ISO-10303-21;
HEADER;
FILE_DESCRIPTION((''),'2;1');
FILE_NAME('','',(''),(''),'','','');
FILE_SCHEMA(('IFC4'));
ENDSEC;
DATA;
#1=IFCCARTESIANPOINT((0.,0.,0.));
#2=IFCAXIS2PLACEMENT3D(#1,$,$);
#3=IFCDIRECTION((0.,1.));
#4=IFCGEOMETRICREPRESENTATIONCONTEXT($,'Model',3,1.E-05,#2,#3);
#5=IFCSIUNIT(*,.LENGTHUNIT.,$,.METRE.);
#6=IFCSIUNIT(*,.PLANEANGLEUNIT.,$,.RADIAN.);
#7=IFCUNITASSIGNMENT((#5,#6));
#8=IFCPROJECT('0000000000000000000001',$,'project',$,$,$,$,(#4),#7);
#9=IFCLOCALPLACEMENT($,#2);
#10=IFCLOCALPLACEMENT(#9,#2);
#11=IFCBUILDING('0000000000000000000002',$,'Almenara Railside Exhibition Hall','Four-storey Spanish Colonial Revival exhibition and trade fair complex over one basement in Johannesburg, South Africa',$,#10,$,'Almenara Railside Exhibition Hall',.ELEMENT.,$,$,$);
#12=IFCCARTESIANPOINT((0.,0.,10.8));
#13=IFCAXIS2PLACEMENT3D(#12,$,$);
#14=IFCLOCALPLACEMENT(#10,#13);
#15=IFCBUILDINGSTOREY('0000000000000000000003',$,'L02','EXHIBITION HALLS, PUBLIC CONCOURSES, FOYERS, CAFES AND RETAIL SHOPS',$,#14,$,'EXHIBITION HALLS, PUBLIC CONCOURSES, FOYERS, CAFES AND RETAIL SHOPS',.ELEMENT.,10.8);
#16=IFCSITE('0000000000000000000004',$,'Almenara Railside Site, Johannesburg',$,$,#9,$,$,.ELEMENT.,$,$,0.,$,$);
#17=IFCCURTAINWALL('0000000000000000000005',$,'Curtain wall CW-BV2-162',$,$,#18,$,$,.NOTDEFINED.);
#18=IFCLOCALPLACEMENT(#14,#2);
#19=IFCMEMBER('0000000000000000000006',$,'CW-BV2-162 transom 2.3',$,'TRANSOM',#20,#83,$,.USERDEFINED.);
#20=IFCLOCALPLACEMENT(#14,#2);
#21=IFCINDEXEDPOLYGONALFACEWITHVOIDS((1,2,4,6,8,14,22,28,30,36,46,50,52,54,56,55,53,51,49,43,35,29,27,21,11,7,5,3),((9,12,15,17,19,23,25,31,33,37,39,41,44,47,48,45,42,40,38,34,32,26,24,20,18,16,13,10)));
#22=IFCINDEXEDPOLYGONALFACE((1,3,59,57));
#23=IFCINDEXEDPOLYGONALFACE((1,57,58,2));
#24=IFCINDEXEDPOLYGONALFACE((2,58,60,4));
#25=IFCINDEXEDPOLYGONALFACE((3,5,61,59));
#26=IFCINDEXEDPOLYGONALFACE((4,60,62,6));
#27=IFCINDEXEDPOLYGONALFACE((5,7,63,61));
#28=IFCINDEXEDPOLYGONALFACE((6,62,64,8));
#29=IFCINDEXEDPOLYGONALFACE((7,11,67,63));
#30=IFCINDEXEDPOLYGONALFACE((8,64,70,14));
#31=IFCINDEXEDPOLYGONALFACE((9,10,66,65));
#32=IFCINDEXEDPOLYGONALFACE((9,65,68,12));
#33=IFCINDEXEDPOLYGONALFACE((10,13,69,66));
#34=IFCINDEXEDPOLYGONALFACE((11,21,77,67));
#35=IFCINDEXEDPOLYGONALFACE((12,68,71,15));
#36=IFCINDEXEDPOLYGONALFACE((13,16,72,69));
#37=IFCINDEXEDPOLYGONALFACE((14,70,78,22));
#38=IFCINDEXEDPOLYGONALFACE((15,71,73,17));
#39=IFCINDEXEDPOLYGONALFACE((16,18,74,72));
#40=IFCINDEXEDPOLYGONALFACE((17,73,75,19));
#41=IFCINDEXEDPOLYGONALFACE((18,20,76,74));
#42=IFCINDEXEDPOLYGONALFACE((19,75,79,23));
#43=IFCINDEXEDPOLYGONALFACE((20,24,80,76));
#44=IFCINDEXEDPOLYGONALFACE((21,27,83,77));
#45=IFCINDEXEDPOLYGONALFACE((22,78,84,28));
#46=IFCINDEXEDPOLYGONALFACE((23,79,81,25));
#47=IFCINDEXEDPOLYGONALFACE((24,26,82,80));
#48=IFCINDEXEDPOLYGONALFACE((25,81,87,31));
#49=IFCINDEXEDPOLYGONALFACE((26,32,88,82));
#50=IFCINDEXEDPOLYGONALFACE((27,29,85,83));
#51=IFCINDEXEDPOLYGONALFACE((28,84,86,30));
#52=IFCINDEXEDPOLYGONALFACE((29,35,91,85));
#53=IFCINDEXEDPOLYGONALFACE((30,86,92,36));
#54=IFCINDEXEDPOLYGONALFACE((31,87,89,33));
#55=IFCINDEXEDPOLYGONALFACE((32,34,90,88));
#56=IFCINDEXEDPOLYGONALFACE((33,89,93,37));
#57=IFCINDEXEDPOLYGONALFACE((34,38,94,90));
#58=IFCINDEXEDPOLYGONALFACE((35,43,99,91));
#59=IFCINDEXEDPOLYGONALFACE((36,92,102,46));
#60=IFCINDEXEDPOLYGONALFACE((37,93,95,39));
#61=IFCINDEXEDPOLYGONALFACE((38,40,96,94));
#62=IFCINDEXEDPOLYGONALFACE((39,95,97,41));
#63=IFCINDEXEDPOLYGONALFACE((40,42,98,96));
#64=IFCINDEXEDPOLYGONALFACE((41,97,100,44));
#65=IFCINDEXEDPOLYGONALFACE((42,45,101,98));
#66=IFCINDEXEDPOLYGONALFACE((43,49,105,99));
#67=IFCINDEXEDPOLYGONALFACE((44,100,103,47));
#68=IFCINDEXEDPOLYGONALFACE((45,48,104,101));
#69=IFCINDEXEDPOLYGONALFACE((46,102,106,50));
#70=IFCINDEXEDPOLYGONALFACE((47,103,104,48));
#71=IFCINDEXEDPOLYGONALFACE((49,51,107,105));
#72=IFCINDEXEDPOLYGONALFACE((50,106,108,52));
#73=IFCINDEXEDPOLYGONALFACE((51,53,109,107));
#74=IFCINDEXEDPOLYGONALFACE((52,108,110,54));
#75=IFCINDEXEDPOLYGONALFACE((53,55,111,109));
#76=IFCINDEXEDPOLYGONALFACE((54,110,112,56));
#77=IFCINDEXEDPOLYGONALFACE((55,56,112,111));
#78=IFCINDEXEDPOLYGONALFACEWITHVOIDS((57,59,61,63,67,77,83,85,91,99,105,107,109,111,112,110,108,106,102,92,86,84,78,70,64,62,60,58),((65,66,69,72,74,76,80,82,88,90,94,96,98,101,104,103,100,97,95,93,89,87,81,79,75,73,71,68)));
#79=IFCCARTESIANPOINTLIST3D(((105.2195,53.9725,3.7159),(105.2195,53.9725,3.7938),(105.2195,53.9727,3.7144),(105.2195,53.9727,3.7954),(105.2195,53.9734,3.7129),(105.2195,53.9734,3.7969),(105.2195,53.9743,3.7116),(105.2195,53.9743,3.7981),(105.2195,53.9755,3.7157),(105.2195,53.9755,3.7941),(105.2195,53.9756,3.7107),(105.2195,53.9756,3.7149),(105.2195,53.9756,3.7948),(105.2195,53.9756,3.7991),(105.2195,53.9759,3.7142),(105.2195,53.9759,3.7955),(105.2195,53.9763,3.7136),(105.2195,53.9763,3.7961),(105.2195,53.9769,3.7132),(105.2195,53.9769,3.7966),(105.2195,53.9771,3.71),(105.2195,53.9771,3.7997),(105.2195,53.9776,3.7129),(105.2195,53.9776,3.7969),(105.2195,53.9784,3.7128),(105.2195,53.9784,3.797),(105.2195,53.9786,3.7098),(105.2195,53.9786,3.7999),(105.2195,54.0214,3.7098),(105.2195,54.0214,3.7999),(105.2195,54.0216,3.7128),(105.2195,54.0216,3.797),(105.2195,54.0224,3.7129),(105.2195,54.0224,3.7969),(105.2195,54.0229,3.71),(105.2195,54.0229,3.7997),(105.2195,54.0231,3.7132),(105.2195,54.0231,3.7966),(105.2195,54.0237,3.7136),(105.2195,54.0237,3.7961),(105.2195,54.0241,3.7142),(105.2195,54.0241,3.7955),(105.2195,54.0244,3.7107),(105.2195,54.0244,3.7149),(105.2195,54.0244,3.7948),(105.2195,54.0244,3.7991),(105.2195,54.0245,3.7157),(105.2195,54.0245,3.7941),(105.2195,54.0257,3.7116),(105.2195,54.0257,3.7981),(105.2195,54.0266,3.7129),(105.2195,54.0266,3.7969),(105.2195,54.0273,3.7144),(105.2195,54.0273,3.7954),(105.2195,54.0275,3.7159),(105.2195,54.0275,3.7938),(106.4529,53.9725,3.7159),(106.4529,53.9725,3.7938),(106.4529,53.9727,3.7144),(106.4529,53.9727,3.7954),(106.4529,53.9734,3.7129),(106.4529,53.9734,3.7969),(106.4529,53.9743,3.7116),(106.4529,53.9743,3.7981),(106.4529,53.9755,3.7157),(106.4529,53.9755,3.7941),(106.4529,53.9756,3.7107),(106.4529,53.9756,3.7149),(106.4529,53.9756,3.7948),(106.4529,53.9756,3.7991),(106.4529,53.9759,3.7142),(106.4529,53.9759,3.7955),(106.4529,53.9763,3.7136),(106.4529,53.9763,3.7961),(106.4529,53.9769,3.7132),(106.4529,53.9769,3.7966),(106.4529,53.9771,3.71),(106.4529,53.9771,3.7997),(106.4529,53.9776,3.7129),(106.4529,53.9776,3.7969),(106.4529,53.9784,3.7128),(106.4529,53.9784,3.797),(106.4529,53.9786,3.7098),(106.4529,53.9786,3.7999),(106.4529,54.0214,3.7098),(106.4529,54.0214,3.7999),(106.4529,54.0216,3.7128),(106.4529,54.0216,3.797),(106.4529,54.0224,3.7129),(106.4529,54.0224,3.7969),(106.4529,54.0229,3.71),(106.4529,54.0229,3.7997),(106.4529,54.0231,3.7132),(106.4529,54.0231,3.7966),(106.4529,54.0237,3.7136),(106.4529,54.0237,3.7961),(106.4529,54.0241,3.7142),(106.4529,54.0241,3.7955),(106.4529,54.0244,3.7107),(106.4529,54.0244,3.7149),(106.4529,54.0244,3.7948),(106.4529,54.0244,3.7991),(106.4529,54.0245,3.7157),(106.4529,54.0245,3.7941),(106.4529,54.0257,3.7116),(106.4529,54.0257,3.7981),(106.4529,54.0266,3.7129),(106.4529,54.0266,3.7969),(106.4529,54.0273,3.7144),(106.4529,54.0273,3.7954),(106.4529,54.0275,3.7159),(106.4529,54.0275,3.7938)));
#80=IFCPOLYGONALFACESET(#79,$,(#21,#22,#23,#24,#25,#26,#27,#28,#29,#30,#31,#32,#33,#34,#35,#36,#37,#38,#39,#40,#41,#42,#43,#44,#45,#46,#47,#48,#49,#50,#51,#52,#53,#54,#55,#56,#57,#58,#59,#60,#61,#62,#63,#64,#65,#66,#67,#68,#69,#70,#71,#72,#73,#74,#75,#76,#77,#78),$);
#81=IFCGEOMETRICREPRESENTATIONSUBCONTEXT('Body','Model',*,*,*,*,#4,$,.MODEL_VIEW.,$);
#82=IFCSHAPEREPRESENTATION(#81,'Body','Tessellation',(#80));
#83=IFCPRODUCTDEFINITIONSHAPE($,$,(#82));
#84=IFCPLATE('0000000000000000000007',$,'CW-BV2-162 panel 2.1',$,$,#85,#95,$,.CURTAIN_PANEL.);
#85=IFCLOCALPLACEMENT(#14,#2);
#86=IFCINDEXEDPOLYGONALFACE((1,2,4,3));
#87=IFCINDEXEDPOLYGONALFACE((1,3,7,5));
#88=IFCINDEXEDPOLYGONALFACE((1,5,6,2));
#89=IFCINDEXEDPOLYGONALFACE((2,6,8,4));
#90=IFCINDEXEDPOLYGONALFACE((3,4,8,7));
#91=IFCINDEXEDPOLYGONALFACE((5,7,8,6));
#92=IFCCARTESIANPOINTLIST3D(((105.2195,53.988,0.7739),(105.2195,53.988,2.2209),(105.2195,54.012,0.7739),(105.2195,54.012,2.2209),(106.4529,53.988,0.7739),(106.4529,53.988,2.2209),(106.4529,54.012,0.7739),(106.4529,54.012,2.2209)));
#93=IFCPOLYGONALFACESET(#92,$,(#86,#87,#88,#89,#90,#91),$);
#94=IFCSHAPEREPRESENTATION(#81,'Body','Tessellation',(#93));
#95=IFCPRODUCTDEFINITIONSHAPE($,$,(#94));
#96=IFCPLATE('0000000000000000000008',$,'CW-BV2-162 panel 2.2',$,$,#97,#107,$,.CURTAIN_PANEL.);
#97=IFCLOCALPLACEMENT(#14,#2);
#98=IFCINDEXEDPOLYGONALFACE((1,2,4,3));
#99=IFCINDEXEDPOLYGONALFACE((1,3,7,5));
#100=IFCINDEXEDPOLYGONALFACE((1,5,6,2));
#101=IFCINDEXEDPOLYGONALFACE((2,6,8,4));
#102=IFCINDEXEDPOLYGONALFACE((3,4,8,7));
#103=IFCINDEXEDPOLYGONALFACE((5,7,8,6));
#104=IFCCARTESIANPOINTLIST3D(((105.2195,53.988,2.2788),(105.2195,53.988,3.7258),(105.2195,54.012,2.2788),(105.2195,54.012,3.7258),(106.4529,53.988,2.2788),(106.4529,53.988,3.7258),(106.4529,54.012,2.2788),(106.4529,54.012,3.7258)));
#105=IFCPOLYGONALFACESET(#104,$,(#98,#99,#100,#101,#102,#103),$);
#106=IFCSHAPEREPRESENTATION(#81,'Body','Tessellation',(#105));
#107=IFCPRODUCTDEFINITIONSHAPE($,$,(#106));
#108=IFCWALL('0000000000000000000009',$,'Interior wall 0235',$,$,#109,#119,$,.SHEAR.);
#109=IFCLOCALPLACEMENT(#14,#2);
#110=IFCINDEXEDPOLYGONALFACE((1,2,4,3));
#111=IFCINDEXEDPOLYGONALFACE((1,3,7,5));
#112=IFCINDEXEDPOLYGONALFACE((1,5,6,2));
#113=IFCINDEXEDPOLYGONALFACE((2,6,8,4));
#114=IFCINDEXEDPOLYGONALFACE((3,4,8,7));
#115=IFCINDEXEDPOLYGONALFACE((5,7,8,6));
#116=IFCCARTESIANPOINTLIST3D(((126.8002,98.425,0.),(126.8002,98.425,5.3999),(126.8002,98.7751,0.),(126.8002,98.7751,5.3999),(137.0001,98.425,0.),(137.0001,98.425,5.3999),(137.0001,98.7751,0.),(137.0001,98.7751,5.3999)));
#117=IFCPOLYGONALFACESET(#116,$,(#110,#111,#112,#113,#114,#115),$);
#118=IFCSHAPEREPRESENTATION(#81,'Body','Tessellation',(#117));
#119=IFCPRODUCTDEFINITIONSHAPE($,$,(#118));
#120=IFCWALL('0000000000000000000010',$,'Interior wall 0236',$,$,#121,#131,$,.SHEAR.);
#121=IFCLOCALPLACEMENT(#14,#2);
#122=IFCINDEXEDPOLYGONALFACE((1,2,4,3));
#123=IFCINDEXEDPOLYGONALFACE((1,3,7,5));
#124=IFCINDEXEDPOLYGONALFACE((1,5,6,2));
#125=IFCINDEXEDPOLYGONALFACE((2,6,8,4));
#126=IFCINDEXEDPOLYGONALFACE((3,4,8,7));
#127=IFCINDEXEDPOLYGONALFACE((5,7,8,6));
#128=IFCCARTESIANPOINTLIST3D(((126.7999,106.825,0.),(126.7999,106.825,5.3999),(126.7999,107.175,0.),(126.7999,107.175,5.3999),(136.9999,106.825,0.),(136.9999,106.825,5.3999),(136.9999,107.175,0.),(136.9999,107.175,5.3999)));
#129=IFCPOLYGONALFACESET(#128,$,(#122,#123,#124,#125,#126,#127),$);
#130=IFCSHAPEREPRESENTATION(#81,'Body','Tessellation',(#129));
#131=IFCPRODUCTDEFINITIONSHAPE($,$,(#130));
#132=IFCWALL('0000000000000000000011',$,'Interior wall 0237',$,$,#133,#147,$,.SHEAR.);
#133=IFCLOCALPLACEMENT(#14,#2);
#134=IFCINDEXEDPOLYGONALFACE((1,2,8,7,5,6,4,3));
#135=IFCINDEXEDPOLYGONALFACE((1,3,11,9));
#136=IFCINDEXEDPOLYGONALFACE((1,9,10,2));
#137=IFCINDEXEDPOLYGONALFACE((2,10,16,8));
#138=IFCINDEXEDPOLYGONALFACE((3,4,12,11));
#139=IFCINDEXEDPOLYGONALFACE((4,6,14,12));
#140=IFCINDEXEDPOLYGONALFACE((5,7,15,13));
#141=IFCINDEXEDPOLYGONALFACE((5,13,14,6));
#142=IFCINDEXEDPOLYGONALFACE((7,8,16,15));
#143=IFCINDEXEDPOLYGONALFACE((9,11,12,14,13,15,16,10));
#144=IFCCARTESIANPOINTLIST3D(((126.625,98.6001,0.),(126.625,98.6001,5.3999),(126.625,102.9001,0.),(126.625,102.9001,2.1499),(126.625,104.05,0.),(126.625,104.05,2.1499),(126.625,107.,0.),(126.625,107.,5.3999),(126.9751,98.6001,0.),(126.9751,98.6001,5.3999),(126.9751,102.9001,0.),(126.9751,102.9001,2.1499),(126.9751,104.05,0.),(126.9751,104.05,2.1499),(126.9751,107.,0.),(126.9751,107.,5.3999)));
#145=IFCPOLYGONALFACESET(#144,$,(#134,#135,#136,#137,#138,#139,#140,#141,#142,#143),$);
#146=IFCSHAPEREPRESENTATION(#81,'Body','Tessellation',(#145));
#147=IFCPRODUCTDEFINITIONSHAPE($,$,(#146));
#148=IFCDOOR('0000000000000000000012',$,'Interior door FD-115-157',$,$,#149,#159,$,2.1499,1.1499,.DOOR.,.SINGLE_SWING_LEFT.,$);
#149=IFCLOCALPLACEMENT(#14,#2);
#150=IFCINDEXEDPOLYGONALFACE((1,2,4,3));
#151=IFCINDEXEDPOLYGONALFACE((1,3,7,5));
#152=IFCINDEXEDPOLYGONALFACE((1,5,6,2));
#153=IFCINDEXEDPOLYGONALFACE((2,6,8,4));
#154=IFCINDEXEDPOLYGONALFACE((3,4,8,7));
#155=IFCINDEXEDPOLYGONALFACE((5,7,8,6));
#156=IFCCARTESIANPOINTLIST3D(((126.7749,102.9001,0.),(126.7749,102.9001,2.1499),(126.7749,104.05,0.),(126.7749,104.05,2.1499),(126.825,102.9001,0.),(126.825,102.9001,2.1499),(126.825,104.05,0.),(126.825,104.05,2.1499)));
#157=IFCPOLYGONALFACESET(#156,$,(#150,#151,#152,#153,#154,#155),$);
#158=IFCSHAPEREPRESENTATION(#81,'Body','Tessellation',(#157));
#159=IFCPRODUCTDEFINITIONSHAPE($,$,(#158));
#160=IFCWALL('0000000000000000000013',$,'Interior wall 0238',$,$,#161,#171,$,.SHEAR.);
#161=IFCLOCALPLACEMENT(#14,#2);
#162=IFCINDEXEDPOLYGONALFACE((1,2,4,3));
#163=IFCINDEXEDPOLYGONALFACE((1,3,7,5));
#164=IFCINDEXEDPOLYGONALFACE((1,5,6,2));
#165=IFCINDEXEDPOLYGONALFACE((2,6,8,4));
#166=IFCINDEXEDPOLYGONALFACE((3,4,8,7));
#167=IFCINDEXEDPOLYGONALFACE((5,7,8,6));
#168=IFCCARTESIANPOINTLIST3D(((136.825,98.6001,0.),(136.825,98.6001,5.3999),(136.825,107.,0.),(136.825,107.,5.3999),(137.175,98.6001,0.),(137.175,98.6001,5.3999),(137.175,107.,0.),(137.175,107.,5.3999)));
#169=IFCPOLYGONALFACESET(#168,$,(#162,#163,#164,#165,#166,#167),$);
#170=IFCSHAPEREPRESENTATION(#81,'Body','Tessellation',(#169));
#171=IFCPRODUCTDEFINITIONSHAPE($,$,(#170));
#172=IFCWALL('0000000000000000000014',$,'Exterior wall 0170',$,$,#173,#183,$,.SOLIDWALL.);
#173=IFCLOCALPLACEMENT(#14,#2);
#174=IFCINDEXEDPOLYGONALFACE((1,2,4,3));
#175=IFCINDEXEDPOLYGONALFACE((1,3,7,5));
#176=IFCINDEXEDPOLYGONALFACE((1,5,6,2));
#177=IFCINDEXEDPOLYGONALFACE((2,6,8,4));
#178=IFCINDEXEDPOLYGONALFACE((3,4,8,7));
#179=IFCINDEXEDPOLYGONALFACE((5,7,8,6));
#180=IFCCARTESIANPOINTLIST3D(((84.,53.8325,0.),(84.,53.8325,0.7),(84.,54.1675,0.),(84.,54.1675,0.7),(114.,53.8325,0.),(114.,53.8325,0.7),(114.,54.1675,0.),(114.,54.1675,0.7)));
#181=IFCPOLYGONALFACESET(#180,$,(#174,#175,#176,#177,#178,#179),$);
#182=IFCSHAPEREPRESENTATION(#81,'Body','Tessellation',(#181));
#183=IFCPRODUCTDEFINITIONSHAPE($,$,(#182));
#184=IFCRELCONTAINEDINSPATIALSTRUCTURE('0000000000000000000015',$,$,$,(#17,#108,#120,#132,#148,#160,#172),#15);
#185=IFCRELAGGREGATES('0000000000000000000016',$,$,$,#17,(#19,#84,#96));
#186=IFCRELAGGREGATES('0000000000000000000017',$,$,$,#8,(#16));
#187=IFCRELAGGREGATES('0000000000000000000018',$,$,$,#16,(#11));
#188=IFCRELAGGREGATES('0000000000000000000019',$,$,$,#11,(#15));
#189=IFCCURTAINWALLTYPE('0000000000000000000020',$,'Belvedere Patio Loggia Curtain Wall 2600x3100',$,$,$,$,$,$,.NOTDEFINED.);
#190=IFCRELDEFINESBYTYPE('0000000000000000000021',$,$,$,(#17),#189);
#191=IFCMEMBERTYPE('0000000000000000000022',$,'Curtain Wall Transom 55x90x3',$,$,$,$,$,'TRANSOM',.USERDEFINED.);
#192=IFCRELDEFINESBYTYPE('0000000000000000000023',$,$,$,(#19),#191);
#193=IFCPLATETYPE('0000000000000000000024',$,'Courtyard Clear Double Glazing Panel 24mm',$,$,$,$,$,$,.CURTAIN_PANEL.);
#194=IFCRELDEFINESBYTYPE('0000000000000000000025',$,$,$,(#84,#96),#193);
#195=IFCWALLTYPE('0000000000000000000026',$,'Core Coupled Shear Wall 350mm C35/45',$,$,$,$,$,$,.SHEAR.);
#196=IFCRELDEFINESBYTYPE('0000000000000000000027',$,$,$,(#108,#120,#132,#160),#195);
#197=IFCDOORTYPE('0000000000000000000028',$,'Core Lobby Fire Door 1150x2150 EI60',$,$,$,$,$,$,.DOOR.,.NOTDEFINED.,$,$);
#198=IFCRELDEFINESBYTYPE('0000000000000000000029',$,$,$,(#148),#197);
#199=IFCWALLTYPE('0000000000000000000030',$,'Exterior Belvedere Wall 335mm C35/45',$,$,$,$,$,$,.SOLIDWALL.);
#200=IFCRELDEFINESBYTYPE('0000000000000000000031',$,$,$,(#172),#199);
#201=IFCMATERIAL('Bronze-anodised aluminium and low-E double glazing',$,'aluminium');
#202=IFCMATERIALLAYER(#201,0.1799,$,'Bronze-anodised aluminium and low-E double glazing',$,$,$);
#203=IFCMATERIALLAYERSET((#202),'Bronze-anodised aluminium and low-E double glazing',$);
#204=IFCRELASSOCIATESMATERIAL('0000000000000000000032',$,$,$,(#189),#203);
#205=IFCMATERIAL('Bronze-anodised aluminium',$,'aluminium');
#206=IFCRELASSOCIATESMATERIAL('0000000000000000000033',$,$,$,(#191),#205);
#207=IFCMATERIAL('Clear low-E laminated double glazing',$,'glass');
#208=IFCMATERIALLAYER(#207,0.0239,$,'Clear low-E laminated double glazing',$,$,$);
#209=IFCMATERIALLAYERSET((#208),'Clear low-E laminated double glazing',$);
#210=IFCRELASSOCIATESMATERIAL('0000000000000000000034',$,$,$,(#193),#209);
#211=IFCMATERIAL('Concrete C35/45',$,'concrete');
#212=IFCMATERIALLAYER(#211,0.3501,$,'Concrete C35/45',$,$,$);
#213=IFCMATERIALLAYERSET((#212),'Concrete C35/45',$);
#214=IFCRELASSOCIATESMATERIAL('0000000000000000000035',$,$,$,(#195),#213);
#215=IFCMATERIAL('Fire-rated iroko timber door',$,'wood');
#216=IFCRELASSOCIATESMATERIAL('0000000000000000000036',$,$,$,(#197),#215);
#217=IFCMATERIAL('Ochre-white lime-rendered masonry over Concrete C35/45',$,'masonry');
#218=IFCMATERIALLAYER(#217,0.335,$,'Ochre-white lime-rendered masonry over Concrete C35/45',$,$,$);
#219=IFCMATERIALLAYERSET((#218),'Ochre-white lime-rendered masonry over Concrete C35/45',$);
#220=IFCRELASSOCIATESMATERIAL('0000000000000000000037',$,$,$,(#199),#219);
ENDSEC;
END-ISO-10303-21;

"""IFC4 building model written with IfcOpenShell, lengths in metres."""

from ifc_helpers import new_model, si_unit, direction, frame, frame_2d, origin, origin_2d, place, context, subcontext, project, spatial, rectangle, hollow_rectangle, extrude, material, layer, layer_set, material_profile, profile_set, type_object, element, fill, aggregate, save


model = new_model("IFC4")

# Units and contexts
model_context = context("Model", 3, precision=1e-05, world=origin(), true_north=direction((0.0, 1.0)))
body_context = subcontext(model_context, "Body", "Model", "MODEL_VIEW")
ifc_project = project(units=[si_unit("LENGTHUNIT", "METRE"), si_unit("PLANEANGLEUNIT", "RADIAN")], contexts=[model_context])

# Site, building, storey
site_placement = place(None, origin())
site = spatial("IfcSite", under=ifc_project, at=site_placement, Name="Almenara Railside Site, Johannesburg", CompositionType="ELEMENT", RefElevation=0.0)
building_placement = place(site_placement, origin())
building = spatial("IfcBuilding", under=site, at=building_placement, Name="Almenara Railside Exhibition Hall", Description="Four-storey Spanish Colonial Revival exhibition and trade fair complex over one basement in Johannesburg, South Africa", LongName="Almenara Railside Exhibition Hall", CompositionType="ELEMENT")
storey_placement = place(building_placement, frame((0.0, 0.0, 10.8)))
storey = spatial("IfcBuildingStorey", under=building, at=storey_placement, Name="L02", Description="EXHIBITION HALLS, PUBLIC CONCOURSES, FOYERS, CAFES AND RETAIL SHOPS", LongName="EXHIBITION HALLS, PUBLIC CONCOURSES, FOYERS, CAFES AND RETAIL SHOPS", CompositionType="ELEMENT", Elevation=10.8)

# Curtain wall, member, plates
ifc_material_1 = material(Name="Bronze-anodised aluminium and low-E double glazing", Category="aluminium")
ifc_layer_1 = layer(ifc_material_1, 0.1799, Name="Bronze-anodised aluminium and low-E double glazing")
ifc_layer_set_1 = layer_set([ifc_layer_1], Name="Bronze-anodised aluminium and low-E double glazing")
curtain_wall_type = type_object("IfcCurtainWallType", Name="Belvedere Patio Loggia Curtain Wall 2600x3100", PredefinedType="NOTDEFINED", material=ifc_layer_set_1)
curtain_wall_placement = place(storey_placement, origin())
curtain_wall = element("IfcCurtainWall", 1, at=curtain_wall_placement, inside=storey, type_object=curtain_wall_type, Name="Curtain wall CW-BV2-162", PredefinedType="NOTDEFINED")
ifc_material_2 = material(Name="Bronze-anodised aluminium", Category="aluminium")
ifc_material_profile_1 = material_profile(ifc_material_2, hollow_rectangle(XDim=0.0549, YDim=0.0901, WallThickness=0.0029, InnerFilletRadius=0.0029, OuterFilletRadius=0.0061, at=origin_2d()), Name="ALU-TRN 55x90x3")
ifc_profile_set_1 = profile_set([ifc_material_profile_1], Name="Bronze-anodised aluminium")
member_type_1 = type_object("IfcMemberType", Name="Curtain Wall Transom 55x90x3", ElementType="TRANSOM", PredefinedType="USERDEFINED", material=ifc_profile_set_1)
member_1_placement = place(storey_placement, frame((105.2195, 54.0, 3.7549), z_axis=(1.0, 0.0, 0.0), x_axis=(0.0, 1.0, 0.0)))
member_1 = element("IfcMember", 2, at=member_1_placement, type_object=member_type_1, Name="CW-BV2-162 transom 2.3", ObjectType="TRANSOM", PredefinedType="USERDEFINED", context=body_context, shape_type="SweptSolid", body=[
    extrude(hollow_rectangle(XDim=0.0549, YDim=0.0901, WallThickness=0.0029, InnerFilletRadius=0.0029, OuterFilletRadius=0.0061, at=origin_2d()), origin(), (0.0, 0.0, 1.0), 1.2334),
])
ifc_material_3 = material(Name="Clear low-E laminated double glazing", Category="glass")
ifc_layer_2 = layer(ifc_material_3, 0.0239, Name="Clear low-E laminated double glazing")
ifc_layer_set_2 = layer_set([ifc_layer_2], Name="Clear low-E laminated double glazing")
plate_type = type_object("IfcPlateType", Name="Courtyard Clear Double Glazing Panel 24mm", PredefinedType="CURTAIN_PANEL", material=ifc_layer_set_2)
plate_1_placement = place(storey_placement, frame((105.8362, 54.0, 0.7739), z_axis=(0.0, 0.0, 1.0), x_axis=(1.0, 0.0, 0.0)))
plate_1 = element("IfcPlate", 3, at=plate_1_placement, type_object=plate_type, Name="CW-BV2-162 panel 2.1", PredefinedType="CURTAIN_PANEL", context=body_context, shape_type="SweptSolid", body=[
    extrude(rectangle(XDim=1.2334, YDim=0.0239, at=origin_2d()), origin(), (0.0, 0.0, 1.0), 1.447),
])
plate_2_placement = place(storey_placement, frame((105.8362, 54.0, 2.2788), z_axis=(0.0, 0.0, 1.0), x_axis=(1.0, 0.0, 0.0)))
plate_2 = element("IfcPlate", 4, at=plate_2_placement, type_object=plate_type, Name="CW-BV2-162 panel 2.2", PredefinedType="CURTAIN_PANEL", context=body_context, shape_type="SweptSolid", body=[
    extrude(rectangle(XDim=1.2334, YDim=0.0239, at=origin_2d()), origin(), (0.0, 0.0, 1.0), 1.447),
])
aggregate(curtain_wall, [member_1, plate_1, plate_2])

# Walls
ifc_material_4 = material(Name="Concrete C35/45", Category="concrete")
ifc_layer_3 = layer(ifc_material_4, 0.3501, Name="Concrete C35/45")
ifc_layer_set_3 = layer_set([ifc_layer_3], Name="Concrete C35/45")
wall_type_1 = type_object("IfcWallType", Name="Core Coupled Shear Wall 350mm C35/45", PredefinedType="SHEAR", material=ifc_layer_set_3)
for number, where, z_axis, x_axis, name in (
    (5, (126.8, 98.6001, 0.0), (0.0, 0.0, 1.0), (1.0, 0.0, 0.0), "Interior wall 0235"),
    (6, (137.0, 107.0, 0.0), (0.0, 0.0, 1.0), (-1.0, 0.0, 0.0), "Interior wall 0236"),
):
    element("IfcWall", number, at=place(storey_placement, frame(where, z_axis=z_axis, x_axis=x_axis)), inside=storey, type_object=wall_type_1, Name=name, PredefinedType="SHEAR", context=body_context, shape_type="SweptSolid", body=[
        extrude(rectangle(XDim=10.2, YDim=0.3501, at=frame_2d((5.1001, 0.0))), origin(), (0.0, 0.0, 1.0), 5.3999),
    ])

# Wall, opening, door
wall_1_placement = place(storey_placement, frame((126.8, 107.0, 0.0), z_axis=(0.0, 0.0, 1.0), x_axis=(0.0, -1.0, 0.0)))
wall_1 = element("IfcWall", 7, at=wall_1_placement, inside=storey, type_object=wall_type_1, Name="Interior wall 0237", PredefinedType="SHEAR", context=body_context, shape_type="SweptSolid", body=[
    extrude(rectangle(XDim=8.3999, YDim=0.3501, at=frame_2d((4.2, 0.0))), origin(), (0.0, 0.0, 1.0), 5.3999),
])
opening_1_placement = place(wall_1_placement, frame((2.95, 0.0, 0.0)))
opening_1 = element("IfcOpeningElement", 8, at=opening_1_placement, cuts=wall_1, PredefinedType="OPENING", context=body_context, shape_type="SweptSolid", body=[
    extrude(rectangle(XDim=1.1499, YDim=2.1499, at=frame_2d((0.575, 1.075))), frame((0.0, 0.1851, 0.0), z_axis=(0.0, -1.0, 0.0), x_axis=(1.0, 0.0, 0.0)), (0.0, 0.0, 1.0), 0.3701),
])
ifc_material_5 = material(Name="Fire-rated iroko timber door", Category="wood")
door_type_1 = type_object("IfcDoorType", Name="Core Lobby Fire Door 1150x2150 EI60", OperationType="NOTDEFINED", PredefinedType="DOOR", material=ifc_material_5)
door_1_placement = place(opening_1_placement, origin())
door_1 = element("IfcDoor", 9, at=door_1_placement, inside=storey, type_object=door_type_1, Name="Interior door FD-115-157", OperationType="SINGLE_SWING_LEFT", OverallHeight=2.1499, OverallWidth=1.1499, PredefinedType="DOOR", context=body_context, shape_type="SweptSolid", body=[
    extrude(rectangle(XDim=1.1499, YDim=2.1499, at=frame_2d((0.575, 1.075))), frame((0.0, 0.0249, 0.0), z_axis=(0.0, -1.0, 0.0), x_axis=(1.0, 0.0, 0.0)), (0.0, 0.0, 1.0), 0.05),
])
fill(opening_1, door_1)

# Walls
wall_2_placement = place(storey_placement, frame((137.0, 98.6001, 0.0), z_axis=(0.0, 0.0, 1.0), x_axis=(0.0, 1.0, 0.0)))
element("IfcWall", 10, at=wall_2_placement, inside=storey, type_object=wall_type_1, Name="Interior wall 0238", PredefinedType="SHEAR", context=body_context, shape_type="SweptSolid", body=[
    extrude(rectangle(XDim=8.3999, YDim=0.3501, at=frame_2d((4.2, 0.0))), origin(), (0.0, 0.0, 1.0), 5.3999),
])
ifc_material_6 = material(Name="Ochre-white lime-rendered masonry over Concrete C35/45", Category="masonry")
ifc_layer_4 = layer(ifc_material_6, 0.335, Name="Ochre-white lime-rendered masonry over Concrete C35/45")
ifc_layer_set_4 = layer_set([ifc_layer_4], Name="Ochre-white lime-rendered masonry over Concrete C35/45")
wall_type_2 = type_object("IfcWallType", Name="Exterior Belvedere Wall 335mm C35/45", PredefinedType="SOLIDWALL", material=ifc_layer_set_4)
wall_3_placement = place(storey_placement, frame((114.0, 54.0, 0.0), z_axis=(0.0, 0.0, 1.0), x_axis=(-1.0, 0.0, 0.0)))
element("IfcWall", 11, at=wall_3_placement, inside=storey, type_object=wall_type_2, Name="Exterior wall 0170", PredefinedType="SOLIDWALL", context=body_context, shape_type="SweptSolid", body=[
    extrude(rectangle(XDim=30.0, YDim=0.335, at=frame_2d((15.0, 0.0))), origin(), (0.0, 0.0, 1.0), 0.7),
])

save(model, "model.ifc")
